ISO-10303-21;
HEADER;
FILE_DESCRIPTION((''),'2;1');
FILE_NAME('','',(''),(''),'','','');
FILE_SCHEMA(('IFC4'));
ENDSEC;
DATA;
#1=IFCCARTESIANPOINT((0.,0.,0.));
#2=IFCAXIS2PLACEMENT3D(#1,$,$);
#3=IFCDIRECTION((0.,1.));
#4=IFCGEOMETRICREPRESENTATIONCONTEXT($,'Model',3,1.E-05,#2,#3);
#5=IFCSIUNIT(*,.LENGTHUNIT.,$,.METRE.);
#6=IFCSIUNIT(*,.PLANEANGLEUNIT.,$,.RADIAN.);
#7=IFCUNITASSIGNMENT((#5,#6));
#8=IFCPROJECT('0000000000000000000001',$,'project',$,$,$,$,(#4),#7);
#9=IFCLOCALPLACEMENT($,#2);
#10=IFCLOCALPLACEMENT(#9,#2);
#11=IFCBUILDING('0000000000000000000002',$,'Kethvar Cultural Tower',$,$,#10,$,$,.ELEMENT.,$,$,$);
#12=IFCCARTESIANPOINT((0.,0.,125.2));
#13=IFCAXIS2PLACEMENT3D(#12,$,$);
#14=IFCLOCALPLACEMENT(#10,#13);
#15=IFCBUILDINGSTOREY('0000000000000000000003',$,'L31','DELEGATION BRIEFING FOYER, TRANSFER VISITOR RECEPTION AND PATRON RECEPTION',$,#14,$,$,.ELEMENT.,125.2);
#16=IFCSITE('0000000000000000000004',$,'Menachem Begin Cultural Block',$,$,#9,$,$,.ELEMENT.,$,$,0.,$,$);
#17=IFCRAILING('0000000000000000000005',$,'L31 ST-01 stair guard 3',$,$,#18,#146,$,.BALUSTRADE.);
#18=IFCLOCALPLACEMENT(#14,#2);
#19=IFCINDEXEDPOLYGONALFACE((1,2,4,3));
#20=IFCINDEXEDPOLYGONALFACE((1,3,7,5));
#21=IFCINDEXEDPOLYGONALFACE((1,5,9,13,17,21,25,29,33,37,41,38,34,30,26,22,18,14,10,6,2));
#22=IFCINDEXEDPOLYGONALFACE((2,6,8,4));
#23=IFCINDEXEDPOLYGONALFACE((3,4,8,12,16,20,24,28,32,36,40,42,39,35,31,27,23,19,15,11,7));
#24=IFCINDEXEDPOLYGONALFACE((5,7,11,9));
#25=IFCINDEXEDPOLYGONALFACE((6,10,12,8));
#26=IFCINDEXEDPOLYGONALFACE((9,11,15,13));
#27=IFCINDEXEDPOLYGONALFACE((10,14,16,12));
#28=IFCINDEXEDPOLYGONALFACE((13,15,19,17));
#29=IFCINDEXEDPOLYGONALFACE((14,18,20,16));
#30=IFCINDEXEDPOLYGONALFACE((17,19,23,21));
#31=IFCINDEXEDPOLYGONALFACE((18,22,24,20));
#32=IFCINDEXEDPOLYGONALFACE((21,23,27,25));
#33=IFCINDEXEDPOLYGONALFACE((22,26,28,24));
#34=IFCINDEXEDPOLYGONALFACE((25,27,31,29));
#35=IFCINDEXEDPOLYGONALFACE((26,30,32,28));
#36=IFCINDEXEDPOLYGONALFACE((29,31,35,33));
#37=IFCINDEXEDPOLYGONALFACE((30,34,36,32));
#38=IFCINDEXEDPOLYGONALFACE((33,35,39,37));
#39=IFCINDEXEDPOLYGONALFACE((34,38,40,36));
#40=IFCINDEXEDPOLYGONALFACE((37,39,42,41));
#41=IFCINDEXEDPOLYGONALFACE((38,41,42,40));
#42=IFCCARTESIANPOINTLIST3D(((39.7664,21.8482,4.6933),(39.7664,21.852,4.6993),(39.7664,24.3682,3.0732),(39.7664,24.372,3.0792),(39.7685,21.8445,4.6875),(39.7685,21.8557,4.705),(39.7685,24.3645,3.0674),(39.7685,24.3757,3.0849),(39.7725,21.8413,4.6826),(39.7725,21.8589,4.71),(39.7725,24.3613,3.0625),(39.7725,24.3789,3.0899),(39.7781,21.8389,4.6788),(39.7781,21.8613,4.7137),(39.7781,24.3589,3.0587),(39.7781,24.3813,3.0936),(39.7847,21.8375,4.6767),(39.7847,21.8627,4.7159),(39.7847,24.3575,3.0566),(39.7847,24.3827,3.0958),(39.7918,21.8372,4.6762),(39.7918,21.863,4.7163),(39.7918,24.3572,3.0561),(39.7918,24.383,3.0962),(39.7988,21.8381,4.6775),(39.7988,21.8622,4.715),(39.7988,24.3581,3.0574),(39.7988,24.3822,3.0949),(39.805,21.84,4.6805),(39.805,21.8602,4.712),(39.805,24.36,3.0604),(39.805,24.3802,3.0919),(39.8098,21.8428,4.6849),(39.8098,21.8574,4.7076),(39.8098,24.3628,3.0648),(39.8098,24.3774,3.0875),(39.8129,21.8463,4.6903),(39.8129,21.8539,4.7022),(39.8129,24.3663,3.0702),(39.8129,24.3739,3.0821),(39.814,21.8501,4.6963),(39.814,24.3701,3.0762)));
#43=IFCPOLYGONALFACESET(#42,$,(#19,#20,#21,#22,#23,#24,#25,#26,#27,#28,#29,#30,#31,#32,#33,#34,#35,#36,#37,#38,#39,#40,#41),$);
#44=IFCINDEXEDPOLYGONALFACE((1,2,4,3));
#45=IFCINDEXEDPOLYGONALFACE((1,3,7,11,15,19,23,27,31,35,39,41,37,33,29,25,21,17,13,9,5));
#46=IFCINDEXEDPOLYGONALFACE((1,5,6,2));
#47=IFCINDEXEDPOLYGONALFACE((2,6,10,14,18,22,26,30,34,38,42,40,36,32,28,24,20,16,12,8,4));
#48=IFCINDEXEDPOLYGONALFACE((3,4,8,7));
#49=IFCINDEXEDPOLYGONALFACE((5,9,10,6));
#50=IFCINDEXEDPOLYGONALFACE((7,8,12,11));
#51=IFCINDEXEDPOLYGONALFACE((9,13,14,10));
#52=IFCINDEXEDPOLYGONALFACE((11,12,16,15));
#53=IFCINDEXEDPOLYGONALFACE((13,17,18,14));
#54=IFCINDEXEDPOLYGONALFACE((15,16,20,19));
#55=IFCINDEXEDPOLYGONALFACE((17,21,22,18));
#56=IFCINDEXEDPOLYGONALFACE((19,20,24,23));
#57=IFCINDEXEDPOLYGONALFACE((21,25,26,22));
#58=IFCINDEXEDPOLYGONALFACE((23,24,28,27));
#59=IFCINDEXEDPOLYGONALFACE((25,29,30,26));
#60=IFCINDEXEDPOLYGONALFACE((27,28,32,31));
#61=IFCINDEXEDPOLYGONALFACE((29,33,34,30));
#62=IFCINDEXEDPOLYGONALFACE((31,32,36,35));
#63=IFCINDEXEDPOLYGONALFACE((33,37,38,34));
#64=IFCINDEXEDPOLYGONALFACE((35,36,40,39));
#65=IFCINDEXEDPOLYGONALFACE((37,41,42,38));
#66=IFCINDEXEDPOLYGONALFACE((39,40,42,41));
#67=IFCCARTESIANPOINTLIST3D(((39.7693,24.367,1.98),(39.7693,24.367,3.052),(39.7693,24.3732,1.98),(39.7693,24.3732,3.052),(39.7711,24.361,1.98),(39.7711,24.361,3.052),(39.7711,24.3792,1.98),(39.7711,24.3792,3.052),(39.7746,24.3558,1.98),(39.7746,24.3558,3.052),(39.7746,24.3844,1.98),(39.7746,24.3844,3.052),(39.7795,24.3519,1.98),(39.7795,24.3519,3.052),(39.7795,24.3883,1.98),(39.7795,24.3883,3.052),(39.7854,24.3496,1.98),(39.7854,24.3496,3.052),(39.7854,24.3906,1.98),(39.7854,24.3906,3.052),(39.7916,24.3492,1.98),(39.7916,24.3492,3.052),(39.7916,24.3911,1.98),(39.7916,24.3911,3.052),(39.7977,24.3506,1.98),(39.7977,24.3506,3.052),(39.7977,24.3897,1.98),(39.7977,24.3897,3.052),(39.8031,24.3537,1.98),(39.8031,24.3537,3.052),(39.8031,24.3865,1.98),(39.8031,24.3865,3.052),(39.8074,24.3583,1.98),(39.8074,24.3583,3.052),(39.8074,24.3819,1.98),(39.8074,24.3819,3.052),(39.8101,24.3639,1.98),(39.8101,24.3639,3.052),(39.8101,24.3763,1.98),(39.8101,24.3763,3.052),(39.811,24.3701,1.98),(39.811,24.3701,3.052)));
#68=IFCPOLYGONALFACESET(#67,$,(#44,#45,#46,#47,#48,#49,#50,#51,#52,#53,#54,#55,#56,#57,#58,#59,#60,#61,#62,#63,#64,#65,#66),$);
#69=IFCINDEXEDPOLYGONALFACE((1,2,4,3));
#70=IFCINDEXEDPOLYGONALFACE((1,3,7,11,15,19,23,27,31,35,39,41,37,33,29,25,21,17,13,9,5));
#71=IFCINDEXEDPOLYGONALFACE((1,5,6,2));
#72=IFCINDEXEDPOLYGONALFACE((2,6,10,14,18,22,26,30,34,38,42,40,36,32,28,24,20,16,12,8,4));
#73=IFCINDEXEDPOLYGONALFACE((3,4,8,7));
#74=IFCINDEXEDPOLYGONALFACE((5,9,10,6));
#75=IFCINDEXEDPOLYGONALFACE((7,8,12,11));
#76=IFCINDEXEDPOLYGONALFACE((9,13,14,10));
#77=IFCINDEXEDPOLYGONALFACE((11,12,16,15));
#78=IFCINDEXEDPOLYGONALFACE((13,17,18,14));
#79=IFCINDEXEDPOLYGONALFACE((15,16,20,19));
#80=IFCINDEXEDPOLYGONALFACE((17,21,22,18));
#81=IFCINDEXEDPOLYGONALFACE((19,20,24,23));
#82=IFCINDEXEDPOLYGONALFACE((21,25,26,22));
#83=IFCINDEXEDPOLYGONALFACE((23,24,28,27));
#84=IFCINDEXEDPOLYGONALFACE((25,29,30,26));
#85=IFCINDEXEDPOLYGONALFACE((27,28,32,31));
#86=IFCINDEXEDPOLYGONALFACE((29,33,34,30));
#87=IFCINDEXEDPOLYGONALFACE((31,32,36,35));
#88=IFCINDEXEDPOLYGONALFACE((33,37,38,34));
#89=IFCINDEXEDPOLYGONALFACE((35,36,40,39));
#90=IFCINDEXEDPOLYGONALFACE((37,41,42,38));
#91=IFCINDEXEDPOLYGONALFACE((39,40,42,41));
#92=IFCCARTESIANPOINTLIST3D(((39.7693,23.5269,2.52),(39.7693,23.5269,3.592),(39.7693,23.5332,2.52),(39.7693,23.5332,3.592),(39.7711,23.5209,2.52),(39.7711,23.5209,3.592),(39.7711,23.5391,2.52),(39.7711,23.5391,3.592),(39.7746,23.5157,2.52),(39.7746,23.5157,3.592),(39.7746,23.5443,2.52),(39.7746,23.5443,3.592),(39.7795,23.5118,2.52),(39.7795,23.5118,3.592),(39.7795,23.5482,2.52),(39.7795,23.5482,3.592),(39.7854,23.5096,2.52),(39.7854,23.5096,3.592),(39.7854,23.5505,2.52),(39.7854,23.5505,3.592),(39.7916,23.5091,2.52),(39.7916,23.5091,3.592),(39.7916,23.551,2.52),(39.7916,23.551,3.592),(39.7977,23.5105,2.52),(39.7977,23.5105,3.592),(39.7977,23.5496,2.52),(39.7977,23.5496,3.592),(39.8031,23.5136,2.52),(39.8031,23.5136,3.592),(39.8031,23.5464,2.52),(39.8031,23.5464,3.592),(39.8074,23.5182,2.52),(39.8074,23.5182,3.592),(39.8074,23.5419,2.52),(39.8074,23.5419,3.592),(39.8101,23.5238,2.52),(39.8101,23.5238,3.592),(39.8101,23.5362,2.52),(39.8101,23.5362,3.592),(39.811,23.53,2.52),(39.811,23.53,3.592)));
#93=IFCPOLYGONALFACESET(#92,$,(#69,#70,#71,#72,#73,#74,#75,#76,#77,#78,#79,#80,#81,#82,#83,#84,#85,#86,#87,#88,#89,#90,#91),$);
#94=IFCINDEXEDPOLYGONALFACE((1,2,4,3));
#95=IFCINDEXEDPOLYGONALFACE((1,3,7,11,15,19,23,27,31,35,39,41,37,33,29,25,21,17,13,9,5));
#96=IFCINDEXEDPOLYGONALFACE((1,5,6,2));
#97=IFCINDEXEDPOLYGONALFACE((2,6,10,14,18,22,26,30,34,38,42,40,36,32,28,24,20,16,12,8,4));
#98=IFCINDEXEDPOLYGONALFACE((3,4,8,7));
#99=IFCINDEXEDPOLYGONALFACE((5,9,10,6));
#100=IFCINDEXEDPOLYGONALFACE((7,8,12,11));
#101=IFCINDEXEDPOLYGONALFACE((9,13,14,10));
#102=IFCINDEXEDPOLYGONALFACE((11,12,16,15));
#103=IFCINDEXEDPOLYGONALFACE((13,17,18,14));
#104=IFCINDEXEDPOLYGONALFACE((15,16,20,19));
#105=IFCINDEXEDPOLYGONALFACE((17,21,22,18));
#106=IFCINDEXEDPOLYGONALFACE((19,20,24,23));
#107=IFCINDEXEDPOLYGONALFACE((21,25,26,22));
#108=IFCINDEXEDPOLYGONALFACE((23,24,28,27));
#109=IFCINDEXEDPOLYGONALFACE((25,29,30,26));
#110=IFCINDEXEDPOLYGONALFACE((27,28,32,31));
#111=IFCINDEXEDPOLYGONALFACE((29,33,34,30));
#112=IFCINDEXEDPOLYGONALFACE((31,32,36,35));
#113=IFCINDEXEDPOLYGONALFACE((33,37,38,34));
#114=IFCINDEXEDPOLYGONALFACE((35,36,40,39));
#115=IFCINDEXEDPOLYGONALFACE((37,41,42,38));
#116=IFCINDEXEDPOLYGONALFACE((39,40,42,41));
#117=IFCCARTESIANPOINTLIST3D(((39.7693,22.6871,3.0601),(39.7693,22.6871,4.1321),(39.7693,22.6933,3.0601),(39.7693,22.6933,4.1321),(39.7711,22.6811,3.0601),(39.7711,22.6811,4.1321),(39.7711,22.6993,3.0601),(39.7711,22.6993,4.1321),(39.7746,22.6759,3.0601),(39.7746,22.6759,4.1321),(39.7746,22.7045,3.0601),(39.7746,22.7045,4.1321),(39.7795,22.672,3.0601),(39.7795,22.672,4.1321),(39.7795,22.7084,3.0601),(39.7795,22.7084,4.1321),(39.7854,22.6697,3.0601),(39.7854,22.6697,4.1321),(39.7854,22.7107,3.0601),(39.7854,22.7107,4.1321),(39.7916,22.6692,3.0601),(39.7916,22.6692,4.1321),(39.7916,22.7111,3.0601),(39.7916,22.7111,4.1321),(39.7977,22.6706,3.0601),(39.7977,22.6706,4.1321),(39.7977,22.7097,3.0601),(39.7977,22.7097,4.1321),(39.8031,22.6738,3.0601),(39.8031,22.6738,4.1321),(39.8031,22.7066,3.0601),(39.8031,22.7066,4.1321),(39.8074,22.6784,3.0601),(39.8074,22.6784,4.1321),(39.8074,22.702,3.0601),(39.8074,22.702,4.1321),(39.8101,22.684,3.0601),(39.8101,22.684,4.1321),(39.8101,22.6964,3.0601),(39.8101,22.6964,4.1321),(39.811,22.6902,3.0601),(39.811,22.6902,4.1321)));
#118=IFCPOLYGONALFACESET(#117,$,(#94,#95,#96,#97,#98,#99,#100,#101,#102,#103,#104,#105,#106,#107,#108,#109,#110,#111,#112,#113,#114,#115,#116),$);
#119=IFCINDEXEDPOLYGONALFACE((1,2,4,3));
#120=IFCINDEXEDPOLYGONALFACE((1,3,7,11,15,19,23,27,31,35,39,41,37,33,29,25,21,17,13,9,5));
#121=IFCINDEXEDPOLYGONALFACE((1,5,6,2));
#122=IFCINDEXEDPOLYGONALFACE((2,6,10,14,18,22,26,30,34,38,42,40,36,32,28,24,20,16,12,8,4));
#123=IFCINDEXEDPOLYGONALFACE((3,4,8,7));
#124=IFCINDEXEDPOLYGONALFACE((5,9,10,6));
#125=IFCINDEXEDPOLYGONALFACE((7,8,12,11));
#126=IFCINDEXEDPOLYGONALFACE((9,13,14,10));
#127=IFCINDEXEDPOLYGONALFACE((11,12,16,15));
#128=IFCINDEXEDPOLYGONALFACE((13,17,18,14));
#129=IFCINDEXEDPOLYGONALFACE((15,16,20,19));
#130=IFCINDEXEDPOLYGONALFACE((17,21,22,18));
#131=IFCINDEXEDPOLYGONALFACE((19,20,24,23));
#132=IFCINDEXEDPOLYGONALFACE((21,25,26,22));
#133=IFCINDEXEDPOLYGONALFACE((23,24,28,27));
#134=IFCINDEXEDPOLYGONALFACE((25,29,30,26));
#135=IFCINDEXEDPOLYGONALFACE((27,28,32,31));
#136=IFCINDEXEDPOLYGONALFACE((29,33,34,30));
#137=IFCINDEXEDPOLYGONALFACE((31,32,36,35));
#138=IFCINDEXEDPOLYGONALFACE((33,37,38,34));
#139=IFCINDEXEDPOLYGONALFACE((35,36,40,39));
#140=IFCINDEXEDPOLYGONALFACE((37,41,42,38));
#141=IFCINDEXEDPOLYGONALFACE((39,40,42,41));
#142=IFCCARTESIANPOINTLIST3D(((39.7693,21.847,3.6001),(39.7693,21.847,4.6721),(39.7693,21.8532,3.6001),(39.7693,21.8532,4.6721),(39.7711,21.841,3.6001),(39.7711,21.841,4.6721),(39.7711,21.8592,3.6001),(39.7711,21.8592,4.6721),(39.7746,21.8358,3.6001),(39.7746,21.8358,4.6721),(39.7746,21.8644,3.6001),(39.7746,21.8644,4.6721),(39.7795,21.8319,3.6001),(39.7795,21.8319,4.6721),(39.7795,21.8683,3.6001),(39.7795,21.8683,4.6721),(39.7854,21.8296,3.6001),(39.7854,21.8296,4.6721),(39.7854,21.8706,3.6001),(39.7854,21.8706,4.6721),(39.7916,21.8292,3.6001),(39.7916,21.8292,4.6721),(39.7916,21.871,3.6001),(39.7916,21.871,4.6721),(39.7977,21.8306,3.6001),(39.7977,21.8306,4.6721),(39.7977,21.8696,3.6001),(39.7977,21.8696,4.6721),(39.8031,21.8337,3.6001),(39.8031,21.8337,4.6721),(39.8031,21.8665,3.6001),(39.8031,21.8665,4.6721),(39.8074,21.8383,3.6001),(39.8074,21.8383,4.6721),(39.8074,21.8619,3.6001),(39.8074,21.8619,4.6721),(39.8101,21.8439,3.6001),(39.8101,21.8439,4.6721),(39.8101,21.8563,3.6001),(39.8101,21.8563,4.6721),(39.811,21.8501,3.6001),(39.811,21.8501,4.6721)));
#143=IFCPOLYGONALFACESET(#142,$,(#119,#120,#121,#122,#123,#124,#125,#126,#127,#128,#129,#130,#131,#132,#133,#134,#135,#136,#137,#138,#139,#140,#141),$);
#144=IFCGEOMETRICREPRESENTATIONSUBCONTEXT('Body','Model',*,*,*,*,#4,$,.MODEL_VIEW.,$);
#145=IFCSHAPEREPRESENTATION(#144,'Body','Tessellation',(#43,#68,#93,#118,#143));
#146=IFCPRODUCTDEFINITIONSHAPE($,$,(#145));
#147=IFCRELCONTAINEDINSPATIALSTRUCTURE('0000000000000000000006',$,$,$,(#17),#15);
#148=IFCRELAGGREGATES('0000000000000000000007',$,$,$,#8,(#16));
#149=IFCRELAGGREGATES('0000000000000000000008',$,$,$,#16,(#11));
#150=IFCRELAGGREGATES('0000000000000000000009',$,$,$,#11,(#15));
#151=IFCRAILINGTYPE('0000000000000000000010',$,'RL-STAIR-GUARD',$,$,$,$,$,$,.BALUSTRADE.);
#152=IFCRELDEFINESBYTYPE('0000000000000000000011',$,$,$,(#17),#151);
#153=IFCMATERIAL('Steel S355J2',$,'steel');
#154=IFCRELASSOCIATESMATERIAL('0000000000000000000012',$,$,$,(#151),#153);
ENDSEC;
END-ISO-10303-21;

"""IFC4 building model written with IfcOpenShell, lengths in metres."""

from ifc_helpers import new_model, si_unit, direction, frame, origin, origin_2d, place, context, subcontext, project, spatial, circle, extrude, material, type_object, element, save


model = new_model("IFC4")

# Units and contexts
model_context = context("Model", 3, precision=1e-05, world=origin(), true_north=direction((0.0, 1.0)))
body_context = subcontext(model_context, "Body", "Model", "MODEL_VIEW")
ifc_project = project(units=[si_unit("LENGTHUNIT", "METRE"), si_unit("PLANEANGLEUNIT", "RADIAN")], contexts=[model_context])

# Site, building, storey
site_placement = place(None, origin())
site = spatial("IfcSite", under=ifc_project, at=site_placement, Name="Menachem Begin Cultural Block", CompositionType="ELEMENT", RefElevation=0.0)
building_placement = place(site_placement, origin())
building = spatial("IfcBuilding", under=site, at=building_placement, Name="Kethvar Cultural Tower", CompositionType="ELEMENT")
storey_placement = place(building_placement, frame((0.0, 0.0, 125.2)))
storey = spatial("IfcBuildingStorey", under=building, at=storey_placement, Name="L31", Description="DELEGATION BRIEFING FOYER, TRANSFER VISITOR RECEPTION AND PATRON RECEPTION", CompositionType="ELEMENT", Elevation=125.2)

# Shared definitions
ifc_material_1 = material(Name="Steel S355J2", Category="steel")

# Railing
railing_type_1 = type_object("IfcRailingType", Name="RL-STAIR-GUARD", PredefinedType="BALUSTRADE", material=ifc_material_1)
railing_1_placement = place(storey_placement, frame((39.79, 24.3701, 1.98)))
element("IfcRailing", 1, at=railing_1_placement, inside=storey, type_object=railing_type_1, Name="L31 ST-01 stair guard 3", PredefinedType="BALUSTRADE", context=body_context, shape_type="SweptSolid", body=[
    extrude(circle(Radius=0.0239, at=origin_2d()), frame((0.0, 0.0, 1.0962), z_axis=(0.0, -0.841163, 0.540782), x_axis=(1.0, 0.0, 0.0)), (0.0, 0.0, 1.0), 2.9958),
    extrude(circle(Radius=0.021, at=origin_2d()), origin(), (0.0, 0.0, 1.0), 1.072),
    extrude(circle(Radius=0.021, at=origin_2d()), frame((0.0, -0.8401, 0.54)), (0.0, 0.0, 1.0), 1.072),
    extrude(circle(Radius=0.021, at=origin_2d()), frame((0.0, -1.6799, 1.0801)), (0.0, 0.0, 1.0), 1.072),
    extrude(circle(Radius=0.021, at=origin_2d()), frame((0.0, -2.52, 1.6201)), (0.0, 0.0, 1.0), 1.072),
])

save(model, "model.ifc")
